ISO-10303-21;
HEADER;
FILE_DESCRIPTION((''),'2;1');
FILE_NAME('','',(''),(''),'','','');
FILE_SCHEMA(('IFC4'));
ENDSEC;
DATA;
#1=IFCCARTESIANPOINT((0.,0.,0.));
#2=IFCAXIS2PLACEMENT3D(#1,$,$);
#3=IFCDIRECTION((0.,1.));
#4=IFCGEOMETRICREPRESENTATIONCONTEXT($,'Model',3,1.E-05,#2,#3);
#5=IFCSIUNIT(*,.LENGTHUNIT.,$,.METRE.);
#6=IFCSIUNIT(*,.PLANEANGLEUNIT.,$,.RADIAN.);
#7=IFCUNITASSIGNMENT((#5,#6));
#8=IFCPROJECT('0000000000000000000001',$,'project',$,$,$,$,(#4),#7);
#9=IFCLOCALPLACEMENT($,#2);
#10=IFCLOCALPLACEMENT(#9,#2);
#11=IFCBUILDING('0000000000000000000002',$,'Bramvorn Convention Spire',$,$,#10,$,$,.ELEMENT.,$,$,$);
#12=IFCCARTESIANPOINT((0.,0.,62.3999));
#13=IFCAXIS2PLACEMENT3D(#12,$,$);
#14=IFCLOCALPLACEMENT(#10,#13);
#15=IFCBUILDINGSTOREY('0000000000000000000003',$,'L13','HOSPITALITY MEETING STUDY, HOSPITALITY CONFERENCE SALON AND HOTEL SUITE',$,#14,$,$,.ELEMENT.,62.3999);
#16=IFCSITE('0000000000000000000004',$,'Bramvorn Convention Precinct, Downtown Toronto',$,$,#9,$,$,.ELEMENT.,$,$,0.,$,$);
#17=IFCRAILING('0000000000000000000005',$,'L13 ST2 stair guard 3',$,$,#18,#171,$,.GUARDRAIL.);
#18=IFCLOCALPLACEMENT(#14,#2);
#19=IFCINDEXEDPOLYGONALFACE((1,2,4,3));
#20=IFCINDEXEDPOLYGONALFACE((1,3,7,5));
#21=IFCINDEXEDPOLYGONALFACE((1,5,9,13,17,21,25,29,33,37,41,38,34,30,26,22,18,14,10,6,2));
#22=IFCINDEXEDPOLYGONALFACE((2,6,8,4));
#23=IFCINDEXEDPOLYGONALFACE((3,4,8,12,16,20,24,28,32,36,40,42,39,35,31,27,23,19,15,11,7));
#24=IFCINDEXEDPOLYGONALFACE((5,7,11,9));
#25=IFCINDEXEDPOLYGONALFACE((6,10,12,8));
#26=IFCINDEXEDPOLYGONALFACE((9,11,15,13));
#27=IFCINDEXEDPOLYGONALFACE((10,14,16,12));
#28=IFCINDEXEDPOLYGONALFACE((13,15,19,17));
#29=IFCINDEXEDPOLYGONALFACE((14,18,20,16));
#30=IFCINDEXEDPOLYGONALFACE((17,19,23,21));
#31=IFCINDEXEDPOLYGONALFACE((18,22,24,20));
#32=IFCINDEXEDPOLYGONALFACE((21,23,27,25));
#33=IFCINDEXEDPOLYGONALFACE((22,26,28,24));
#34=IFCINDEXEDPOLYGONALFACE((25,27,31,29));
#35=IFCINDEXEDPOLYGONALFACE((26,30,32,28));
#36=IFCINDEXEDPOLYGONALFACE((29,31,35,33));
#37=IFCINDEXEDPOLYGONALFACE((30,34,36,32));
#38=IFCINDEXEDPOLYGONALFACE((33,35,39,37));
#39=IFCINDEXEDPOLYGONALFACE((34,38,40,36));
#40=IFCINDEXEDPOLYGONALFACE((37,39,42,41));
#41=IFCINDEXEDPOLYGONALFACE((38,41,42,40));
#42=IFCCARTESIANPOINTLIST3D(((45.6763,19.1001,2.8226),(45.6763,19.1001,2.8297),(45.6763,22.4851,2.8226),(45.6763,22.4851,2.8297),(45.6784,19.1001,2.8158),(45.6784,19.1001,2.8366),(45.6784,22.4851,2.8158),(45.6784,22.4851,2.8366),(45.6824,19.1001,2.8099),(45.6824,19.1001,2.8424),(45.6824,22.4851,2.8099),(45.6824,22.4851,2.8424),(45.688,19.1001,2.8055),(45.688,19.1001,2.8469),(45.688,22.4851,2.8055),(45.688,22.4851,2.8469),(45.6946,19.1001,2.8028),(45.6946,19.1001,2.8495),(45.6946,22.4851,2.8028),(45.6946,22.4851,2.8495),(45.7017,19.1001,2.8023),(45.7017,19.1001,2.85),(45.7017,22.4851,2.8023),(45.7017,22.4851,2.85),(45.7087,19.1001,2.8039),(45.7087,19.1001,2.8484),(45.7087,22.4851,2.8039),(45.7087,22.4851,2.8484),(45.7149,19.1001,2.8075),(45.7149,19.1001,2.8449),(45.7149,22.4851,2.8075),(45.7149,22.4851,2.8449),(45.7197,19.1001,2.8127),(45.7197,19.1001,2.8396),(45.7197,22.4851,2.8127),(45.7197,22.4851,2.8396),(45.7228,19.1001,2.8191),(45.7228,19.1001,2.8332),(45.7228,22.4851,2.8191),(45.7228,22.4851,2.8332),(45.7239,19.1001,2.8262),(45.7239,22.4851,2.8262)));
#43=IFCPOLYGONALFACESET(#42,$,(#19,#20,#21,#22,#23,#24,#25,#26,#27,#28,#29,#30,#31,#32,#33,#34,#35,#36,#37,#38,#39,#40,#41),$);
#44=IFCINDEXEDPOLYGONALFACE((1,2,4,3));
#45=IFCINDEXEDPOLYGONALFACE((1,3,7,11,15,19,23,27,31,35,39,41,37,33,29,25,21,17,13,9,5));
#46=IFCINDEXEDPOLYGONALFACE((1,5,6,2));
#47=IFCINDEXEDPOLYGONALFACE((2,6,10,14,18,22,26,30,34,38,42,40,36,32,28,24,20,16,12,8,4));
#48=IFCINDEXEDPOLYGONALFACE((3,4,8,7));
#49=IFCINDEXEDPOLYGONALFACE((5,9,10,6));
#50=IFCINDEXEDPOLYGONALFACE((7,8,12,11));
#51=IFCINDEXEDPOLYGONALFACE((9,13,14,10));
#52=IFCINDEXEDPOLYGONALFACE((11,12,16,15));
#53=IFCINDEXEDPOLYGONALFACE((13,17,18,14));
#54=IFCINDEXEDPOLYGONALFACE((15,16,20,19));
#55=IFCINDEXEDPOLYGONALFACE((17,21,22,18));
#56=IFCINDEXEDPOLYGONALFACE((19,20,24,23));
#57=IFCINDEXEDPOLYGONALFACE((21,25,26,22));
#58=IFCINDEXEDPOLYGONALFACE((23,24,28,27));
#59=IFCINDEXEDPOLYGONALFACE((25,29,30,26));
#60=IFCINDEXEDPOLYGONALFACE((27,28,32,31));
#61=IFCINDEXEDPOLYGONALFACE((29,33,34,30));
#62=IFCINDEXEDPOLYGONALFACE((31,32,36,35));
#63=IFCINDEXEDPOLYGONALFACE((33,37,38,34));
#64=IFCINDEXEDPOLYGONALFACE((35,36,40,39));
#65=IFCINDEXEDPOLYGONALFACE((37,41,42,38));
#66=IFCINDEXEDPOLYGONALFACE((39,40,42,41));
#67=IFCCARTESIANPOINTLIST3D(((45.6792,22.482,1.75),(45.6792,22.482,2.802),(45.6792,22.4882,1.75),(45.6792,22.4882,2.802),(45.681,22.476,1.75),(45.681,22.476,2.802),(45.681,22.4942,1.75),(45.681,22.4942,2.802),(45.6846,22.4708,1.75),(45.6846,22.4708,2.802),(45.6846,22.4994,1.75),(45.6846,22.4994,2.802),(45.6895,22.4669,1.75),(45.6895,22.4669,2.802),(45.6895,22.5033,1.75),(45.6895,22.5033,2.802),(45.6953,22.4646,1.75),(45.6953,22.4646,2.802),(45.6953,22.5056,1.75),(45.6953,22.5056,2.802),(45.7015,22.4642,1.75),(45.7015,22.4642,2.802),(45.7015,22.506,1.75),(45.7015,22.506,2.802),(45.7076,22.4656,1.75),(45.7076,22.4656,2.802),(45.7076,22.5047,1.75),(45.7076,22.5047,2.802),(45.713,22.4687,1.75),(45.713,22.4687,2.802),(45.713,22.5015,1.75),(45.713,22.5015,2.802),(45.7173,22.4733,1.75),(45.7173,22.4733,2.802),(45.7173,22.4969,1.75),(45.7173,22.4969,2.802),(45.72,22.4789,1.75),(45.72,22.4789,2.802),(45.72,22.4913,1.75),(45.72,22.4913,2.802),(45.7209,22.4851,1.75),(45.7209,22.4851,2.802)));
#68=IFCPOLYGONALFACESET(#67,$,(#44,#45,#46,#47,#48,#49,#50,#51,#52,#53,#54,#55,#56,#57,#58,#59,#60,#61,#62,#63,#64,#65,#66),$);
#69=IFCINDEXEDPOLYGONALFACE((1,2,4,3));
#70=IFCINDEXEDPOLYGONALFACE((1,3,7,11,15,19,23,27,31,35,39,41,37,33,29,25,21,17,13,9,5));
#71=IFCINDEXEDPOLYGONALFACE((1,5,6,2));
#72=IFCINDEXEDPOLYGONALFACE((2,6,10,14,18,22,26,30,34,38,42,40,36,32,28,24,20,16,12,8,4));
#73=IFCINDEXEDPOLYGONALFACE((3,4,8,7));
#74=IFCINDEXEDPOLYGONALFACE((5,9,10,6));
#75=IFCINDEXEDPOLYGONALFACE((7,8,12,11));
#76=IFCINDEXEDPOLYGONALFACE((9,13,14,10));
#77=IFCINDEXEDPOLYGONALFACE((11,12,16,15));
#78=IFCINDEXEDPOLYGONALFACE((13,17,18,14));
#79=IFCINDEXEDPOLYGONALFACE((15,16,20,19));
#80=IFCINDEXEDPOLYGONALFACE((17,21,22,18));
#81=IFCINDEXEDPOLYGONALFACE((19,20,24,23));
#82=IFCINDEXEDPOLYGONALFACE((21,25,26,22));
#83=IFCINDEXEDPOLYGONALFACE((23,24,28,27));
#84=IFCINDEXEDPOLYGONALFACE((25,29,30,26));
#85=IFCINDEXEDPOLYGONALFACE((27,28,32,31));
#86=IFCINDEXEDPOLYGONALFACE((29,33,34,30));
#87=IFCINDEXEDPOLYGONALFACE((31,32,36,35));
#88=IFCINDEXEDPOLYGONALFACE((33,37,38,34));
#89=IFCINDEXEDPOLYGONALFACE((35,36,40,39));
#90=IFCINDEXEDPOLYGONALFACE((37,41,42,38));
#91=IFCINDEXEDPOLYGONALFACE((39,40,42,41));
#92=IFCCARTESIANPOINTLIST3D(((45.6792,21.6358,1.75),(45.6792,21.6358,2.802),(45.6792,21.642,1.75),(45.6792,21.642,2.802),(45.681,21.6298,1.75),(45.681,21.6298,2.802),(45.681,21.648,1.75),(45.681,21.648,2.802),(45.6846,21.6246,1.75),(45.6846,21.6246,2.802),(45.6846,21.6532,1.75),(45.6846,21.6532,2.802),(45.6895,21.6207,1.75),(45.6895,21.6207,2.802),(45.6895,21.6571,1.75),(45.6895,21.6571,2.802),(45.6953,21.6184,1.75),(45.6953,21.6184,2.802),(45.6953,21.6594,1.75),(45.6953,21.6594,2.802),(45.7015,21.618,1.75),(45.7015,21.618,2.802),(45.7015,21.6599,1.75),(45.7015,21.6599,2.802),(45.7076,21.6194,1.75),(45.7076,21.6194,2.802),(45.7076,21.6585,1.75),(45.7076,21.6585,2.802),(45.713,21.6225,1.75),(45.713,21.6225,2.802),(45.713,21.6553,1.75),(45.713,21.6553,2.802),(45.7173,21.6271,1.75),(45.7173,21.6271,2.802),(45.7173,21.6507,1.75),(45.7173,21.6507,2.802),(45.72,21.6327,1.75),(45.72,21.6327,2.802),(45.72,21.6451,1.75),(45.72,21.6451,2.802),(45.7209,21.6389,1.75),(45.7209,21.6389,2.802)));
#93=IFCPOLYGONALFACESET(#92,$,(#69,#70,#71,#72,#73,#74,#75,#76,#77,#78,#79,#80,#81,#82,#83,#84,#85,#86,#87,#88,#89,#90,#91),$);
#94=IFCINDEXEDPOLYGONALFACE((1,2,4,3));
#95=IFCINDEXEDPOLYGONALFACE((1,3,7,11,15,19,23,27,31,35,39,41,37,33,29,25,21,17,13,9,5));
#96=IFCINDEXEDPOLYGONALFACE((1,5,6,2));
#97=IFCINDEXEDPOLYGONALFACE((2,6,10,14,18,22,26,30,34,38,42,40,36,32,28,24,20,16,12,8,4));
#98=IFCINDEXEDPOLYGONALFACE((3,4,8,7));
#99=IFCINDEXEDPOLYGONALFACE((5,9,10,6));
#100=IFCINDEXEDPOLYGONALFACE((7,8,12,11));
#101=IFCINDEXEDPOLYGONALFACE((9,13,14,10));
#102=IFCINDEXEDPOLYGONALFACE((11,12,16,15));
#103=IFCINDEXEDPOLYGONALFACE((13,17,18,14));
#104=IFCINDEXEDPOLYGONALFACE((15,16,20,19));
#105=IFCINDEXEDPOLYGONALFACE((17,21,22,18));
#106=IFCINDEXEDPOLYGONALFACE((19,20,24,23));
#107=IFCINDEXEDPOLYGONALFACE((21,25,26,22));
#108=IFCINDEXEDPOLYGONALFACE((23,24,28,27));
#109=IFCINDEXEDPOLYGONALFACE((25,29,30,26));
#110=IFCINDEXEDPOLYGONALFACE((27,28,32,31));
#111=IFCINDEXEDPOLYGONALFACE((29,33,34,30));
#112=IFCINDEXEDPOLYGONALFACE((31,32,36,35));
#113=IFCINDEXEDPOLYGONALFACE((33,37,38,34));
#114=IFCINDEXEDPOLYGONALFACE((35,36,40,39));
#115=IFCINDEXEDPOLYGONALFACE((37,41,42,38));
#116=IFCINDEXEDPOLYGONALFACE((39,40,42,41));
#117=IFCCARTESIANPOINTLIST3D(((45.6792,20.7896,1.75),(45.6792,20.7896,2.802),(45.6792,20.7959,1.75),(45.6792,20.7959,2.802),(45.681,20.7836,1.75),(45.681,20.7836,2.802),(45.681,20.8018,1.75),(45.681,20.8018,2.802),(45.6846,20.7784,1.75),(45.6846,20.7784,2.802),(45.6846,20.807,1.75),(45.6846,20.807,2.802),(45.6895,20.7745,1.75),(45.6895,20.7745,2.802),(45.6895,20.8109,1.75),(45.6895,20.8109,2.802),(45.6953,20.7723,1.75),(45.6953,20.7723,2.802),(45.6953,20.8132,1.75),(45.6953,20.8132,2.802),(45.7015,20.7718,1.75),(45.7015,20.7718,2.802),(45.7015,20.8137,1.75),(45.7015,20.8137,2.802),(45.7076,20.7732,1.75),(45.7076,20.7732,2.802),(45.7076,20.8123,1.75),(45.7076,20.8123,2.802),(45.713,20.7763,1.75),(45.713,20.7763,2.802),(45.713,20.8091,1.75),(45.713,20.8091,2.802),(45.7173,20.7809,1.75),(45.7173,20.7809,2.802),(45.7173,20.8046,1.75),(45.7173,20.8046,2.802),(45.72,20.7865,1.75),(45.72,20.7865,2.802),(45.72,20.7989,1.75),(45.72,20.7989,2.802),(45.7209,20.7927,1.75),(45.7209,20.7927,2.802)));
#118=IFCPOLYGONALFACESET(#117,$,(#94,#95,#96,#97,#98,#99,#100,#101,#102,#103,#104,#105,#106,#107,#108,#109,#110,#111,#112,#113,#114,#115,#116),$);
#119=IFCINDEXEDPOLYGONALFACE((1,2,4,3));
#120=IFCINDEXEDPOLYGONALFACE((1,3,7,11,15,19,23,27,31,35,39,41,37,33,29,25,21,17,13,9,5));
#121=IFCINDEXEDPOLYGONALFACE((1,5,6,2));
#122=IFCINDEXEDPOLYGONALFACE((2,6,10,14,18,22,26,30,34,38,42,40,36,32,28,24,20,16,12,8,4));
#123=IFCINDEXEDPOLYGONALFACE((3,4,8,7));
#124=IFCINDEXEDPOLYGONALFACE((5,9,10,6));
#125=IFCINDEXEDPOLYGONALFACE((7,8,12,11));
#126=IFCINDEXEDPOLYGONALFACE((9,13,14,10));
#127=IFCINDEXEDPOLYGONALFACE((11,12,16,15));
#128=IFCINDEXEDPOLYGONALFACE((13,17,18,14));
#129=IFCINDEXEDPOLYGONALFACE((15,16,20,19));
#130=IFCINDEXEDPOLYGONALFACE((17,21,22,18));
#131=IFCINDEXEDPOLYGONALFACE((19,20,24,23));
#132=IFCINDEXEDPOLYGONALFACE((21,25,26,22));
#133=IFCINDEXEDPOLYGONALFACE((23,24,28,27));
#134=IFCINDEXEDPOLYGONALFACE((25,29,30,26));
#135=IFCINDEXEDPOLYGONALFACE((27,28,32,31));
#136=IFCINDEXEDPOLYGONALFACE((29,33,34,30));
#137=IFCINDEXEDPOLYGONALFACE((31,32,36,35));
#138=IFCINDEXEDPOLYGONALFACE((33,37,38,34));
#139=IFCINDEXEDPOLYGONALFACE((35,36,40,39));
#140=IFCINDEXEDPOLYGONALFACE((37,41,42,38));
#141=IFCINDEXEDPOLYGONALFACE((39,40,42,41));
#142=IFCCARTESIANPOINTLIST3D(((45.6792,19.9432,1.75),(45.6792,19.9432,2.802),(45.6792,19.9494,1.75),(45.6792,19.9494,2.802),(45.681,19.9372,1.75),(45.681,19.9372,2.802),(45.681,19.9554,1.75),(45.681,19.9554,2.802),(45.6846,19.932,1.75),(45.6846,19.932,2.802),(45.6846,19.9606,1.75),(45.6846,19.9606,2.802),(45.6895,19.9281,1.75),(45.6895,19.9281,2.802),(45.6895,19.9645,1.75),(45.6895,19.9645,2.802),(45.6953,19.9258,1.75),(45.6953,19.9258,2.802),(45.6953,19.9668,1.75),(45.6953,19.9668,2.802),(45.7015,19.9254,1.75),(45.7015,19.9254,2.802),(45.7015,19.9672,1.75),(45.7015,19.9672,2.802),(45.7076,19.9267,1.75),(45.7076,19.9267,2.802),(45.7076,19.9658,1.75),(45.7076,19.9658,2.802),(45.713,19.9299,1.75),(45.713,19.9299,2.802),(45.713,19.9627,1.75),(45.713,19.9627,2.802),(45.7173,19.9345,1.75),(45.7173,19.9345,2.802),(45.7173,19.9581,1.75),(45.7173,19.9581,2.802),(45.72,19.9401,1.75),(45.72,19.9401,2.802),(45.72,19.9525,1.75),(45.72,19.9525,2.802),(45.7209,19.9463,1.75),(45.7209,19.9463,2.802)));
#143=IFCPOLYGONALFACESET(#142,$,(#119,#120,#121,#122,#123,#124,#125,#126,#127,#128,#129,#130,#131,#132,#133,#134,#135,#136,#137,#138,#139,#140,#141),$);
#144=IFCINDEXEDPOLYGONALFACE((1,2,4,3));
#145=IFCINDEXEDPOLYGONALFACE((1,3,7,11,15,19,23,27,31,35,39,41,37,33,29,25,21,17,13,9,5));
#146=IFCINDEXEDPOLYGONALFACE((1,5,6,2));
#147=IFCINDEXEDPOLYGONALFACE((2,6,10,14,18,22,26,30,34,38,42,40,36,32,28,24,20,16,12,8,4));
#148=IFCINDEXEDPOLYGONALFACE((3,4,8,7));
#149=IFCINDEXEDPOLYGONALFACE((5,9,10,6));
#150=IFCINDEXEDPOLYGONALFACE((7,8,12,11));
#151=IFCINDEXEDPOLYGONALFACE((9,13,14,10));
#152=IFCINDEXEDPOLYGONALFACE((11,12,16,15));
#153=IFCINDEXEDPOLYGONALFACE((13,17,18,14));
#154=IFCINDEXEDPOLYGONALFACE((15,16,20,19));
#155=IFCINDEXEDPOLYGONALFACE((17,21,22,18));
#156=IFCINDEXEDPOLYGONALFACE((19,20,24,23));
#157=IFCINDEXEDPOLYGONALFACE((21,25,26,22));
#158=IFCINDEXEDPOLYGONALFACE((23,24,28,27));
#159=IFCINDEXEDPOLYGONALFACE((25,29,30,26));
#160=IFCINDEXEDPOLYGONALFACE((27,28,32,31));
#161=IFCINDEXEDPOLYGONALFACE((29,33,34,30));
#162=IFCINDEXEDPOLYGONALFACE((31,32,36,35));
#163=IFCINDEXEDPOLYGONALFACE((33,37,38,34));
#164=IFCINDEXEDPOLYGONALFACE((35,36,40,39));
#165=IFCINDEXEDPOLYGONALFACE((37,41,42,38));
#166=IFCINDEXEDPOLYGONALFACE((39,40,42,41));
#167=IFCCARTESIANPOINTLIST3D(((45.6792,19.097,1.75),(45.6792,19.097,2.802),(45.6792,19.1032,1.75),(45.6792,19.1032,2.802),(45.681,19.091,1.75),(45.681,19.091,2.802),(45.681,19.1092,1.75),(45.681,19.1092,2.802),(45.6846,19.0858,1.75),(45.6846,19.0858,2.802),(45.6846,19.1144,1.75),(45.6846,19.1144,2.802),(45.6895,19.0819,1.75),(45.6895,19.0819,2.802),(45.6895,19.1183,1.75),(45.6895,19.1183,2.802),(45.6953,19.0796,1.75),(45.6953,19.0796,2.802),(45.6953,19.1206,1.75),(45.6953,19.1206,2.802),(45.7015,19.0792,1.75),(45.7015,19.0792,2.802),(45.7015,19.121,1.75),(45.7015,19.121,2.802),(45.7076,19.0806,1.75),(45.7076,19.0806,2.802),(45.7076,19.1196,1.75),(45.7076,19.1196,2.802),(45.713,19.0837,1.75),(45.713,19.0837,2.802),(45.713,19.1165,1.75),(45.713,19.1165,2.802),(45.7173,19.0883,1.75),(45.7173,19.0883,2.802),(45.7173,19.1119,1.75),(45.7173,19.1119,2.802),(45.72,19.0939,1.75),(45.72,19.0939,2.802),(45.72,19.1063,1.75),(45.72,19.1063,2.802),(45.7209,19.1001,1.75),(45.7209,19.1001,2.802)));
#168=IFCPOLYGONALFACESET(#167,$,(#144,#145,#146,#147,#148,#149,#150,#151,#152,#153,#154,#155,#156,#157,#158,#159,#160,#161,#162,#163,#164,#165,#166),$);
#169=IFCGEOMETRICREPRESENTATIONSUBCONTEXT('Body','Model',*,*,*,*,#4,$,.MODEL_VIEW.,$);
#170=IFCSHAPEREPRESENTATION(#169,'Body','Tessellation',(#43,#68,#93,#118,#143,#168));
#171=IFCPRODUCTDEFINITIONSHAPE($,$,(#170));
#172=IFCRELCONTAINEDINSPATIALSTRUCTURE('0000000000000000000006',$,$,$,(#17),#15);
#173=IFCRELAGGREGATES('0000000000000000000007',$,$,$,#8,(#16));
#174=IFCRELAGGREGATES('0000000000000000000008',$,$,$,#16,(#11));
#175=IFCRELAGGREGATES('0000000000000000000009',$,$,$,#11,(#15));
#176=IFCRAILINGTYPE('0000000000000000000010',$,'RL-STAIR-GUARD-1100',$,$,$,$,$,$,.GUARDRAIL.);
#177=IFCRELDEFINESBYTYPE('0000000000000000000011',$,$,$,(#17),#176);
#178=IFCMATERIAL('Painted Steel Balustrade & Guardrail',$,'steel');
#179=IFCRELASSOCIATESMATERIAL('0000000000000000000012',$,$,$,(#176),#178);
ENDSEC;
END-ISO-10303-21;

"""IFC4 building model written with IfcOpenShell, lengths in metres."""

from ifc_helpers import new_model, si_unit, direction, frame, origin, origin_2d, place, context, subcontext, project, spatial, circle, extrude, material, type_object, element, save


model = new_model("IFC4")

# Units and contexts
model_context = context("Model", 3, precision=1e-05, world=origin(), true_north=direction((0.0, 1.0)))
body_context = subcontext(model_context, "Body", "Model", "MODEL_VIEW")
ifc_project = project(units=[si_unit("LENGTHUNIT", "METRE"), si_unit("PLANEANGLEUNIT", "RADIAN")], contexts=[model_context])

# Site, building, storey
site_placement = place(None, origin())
site = spatial("IfcSite", under=ifc_project, at=site_placement, Name="Bramvorn Convention Precinct, Downtown Toronto", CompositionType="ELEMENT", RefElevation=0.0)
building_placement = place(site_placement, origin())
building = spatial("IfcBuilding", under=site, at=building_placement, Name="Bramvorn Convention Spire", CompositionType="ELEMENT")
storey_placement = place(building_placement, frame((0.0, 0.0, 62.3999)))
storey = spatial("IfcBuildingStorey", under=building, at=storey_placement, Name="L13", Description="HOSPITALITY MEETING STUDY, HOSPITALITY CONFERENCE SALON AND HOTEL SUITE", CompositionType="ELEMENT", Elevation=62.3999)

# Railing
ifc_material_1 = material(Name="Painted Steel Balustrade & Guardrail", Category="steel")
railing_type_1 = type_object("IfcRailingType", Name="RL-STAIR-GUARD-1100", PredefinedType="GUARDRAIL", material=ifc_material_1)
railing_1_placement = place(storey_placement, frame((45.7, 22.4851, 1.75)))
element("IfcRailing", 1, at=railing_1_placement, inside=storey, type_object=railing_type_1, Name="L13 ST2 stair guard 3", PredefinedType="GUARDRAIL", context=body_context, shape_type="SweptSolid", body=[
    extrude(circle(Radius=0.0239, at=origin_2d()), frame((0.0, 0.0, 1.0762), z_axis=(0.0, -1.0, 0.0), x_axis=(1.0, 0.0, 0.0)), (0.0, 0.0, 1.0), 3.385),
    extrude(circle(Radius=0.021, at=origin_2d()), origin(), (0.0, 0.0, 1.0), 1.052),
    extrude(circle(Radius=0.021, at=origin_2d()), frame((0.0, -0.8462, 0.0)), (0.0, 0.0, 1.0), 1.052),
    extrude(circle(Radius=0.021, at=origin_2d()), frame((0.0, -1.6924, 0.0)), (0.0, 0.0, 1.0), 1.052),
    extrude(circle(Radius=0.021, at=origin_2d()), frame((0.0, -2.5388, 0.0)), (0.0, 0.0, 1.0), 1.052),
    extrude(circle(Radius=0.021, at=origin_2d()), frame((0.0, -3.385, 0.0)), (0.0, 0.0, 1.0), 1.052),
])

save(model, "model.ifc")
